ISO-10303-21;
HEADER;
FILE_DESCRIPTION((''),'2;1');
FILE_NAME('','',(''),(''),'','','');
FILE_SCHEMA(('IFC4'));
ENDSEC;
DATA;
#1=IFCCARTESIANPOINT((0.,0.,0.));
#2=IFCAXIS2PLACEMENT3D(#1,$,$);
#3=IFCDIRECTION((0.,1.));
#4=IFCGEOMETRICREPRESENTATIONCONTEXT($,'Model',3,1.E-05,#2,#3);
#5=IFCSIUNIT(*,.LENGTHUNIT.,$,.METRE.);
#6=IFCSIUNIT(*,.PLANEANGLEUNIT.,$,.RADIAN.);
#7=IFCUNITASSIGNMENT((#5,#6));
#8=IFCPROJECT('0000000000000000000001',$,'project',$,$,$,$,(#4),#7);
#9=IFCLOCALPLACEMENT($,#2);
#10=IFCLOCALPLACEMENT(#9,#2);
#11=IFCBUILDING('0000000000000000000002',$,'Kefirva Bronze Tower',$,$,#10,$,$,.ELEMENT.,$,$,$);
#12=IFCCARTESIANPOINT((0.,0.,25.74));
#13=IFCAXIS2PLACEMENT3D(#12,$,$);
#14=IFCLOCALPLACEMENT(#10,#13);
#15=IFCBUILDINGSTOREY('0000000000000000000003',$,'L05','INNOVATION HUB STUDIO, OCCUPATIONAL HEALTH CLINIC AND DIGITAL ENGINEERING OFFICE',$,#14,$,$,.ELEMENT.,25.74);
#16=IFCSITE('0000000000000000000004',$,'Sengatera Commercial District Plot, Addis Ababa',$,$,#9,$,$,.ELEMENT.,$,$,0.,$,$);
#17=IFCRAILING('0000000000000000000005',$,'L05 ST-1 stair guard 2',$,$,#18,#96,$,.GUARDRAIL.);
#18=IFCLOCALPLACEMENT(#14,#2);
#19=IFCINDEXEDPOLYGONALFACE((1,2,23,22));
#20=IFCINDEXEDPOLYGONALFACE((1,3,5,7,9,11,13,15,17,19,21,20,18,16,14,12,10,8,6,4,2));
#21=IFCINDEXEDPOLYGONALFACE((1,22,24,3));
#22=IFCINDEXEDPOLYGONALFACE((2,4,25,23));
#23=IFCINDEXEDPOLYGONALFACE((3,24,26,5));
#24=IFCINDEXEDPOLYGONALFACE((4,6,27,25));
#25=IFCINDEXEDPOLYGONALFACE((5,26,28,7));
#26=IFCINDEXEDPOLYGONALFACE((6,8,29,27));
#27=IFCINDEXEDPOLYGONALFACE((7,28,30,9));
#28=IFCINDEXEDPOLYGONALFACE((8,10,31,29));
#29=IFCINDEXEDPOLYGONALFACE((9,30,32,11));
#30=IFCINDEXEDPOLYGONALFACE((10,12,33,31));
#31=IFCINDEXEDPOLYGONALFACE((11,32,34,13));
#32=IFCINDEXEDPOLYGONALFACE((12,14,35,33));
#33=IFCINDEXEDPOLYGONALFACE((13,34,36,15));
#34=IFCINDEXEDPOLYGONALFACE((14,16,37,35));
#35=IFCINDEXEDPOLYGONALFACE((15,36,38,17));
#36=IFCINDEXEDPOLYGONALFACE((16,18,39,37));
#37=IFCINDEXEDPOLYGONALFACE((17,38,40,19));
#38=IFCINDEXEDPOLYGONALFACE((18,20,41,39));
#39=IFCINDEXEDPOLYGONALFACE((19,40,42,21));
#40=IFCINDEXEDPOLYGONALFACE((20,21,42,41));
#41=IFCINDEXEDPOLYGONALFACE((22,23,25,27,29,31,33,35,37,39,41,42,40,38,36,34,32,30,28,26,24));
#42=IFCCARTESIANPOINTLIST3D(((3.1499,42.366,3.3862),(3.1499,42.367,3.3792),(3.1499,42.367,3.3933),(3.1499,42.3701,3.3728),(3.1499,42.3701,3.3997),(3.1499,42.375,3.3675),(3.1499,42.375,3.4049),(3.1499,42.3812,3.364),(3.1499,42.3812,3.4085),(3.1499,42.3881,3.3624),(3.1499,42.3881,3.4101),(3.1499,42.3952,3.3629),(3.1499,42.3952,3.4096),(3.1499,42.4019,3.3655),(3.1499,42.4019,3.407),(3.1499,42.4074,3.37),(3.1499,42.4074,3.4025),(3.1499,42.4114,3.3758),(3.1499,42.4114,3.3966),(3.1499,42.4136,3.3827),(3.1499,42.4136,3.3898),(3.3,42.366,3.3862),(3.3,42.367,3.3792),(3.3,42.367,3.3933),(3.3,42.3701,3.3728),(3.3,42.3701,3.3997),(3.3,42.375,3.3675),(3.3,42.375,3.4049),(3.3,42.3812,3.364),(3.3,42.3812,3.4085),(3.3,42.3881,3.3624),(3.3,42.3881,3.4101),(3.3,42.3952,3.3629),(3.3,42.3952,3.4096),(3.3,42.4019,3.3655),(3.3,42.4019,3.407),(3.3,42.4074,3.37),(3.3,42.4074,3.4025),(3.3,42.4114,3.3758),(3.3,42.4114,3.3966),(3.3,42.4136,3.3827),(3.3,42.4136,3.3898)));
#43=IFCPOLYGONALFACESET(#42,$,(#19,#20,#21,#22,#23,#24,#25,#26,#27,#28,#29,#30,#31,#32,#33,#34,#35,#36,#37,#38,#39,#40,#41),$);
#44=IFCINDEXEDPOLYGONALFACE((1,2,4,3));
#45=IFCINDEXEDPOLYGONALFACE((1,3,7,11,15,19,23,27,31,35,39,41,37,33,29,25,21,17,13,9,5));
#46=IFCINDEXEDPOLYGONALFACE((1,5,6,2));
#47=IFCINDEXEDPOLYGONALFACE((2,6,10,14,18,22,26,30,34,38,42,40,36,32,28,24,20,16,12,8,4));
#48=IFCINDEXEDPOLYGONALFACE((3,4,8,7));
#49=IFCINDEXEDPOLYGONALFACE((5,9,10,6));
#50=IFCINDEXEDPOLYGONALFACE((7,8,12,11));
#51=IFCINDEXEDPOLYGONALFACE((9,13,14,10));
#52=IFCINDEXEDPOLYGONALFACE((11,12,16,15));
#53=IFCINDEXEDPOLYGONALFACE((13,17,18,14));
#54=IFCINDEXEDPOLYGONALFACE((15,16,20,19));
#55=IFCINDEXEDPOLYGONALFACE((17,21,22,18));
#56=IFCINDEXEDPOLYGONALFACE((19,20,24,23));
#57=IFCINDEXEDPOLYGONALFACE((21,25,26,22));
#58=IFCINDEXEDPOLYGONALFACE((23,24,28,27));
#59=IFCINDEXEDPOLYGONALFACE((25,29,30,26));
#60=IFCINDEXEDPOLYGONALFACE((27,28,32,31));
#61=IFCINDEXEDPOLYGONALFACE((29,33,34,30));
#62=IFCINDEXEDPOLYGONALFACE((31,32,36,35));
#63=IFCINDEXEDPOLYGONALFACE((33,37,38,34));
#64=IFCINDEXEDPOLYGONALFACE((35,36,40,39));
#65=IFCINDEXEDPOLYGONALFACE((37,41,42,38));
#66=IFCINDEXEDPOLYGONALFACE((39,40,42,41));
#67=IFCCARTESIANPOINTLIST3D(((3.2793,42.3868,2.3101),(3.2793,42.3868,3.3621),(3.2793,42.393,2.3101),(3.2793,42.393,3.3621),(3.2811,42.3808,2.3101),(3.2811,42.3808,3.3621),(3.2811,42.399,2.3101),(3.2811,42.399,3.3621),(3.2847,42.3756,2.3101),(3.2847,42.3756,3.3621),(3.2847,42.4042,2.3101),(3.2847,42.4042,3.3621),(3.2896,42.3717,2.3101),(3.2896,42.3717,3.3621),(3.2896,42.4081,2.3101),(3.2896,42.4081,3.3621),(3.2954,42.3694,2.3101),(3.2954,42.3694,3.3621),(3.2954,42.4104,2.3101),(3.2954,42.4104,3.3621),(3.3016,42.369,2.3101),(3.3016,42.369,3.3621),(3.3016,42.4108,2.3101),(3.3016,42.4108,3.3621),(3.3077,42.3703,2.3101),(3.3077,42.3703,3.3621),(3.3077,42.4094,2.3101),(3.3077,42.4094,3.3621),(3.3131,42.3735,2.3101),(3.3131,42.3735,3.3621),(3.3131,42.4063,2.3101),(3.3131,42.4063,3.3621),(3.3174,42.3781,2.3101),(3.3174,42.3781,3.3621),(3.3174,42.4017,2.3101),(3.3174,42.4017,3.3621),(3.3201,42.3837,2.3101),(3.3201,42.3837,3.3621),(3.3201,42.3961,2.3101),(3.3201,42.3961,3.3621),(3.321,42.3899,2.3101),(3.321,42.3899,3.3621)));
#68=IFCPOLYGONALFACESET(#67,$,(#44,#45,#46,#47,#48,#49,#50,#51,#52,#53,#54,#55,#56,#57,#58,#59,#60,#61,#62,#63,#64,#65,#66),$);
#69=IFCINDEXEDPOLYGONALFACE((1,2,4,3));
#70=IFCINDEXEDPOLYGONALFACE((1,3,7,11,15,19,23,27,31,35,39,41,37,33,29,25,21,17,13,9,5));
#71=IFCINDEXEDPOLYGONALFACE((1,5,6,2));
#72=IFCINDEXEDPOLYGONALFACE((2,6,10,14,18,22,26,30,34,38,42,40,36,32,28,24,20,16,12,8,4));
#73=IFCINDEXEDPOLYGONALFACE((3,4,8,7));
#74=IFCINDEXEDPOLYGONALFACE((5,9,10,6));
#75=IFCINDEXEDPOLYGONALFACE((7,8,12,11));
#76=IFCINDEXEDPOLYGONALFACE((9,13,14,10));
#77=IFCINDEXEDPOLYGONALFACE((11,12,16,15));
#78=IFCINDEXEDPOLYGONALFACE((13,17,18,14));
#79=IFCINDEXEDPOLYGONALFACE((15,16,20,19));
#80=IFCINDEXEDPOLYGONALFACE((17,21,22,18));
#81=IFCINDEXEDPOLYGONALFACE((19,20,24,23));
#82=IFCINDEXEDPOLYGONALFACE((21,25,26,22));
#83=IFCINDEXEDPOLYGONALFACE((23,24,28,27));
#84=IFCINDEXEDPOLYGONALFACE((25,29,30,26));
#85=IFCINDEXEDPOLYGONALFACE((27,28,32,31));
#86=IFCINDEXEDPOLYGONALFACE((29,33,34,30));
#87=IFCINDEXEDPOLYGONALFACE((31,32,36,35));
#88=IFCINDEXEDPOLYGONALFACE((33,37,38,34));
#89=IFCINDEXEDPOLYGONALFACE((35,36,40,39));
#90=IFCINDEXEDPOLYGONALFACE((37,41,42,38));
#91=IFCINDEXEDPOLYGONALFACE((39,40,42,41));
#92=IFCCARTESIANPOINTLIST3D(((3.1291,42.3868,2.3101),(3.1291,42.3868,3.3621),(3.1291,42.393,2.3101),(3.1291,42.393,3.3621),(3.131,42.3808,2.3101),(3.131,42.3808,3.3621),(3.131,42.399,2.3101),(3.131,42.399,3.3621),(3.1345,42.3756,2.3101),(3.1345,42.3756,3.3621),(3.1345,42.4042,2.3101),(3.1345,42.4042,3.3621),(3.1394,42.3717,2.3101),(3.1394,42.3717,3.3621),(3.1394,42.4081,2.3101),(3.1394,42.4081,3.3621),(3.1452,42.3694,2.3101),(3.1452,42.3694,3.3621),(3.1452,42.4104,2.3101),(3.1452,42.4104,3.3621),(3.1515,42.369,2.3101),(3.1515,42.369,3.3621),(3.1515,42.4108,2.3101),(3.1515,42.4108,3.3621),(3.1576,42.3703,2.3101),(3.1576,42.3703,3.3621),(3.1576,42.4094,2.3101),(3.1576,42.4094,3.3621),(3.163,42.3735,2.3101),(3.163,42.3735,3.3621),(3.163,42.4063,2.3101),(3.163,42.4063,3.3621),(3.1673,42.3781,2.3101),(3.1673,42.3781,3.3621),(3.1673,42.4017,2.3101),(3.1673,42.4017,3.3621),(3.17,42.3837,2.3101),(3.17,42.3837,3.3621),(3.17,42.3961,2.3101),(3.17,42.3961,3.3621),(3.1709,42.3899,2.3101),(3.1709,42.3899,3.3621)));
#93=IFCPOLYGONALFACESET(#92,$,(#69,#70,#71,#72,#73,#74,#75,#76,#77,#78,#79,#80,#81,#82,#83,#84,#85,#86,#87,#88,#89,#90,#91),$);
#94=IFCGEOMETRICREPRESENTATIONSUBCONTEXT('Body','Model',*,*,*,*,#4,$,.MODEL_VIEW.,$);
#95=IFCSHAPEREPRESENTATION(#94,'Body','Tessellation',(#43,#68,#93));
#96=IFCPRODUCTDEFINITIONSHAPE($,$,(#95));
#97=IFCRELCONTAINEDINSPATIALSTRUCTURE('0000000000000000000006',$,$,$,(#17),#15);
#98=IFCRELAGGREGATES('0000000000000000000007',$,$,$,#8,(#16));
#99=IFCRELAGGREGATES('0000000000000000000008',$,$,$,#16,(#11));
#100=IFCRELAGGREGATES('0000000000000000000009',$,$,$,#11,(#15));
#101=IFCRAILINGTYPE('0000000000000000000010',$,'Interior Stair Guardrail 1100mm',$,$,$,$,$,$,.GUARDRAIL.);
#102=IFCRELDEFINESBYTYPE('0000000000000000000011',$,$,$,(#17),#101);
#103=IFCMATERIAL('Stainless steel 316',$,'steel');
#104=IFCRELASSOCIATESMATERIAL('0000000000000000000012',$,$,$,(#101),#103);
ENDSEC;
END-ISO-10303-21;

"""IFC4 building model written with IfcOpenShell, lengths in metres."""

from ifc_helpers import new_model, si_unit, direction, frame, origin, origin_2d, place, context, subcontext, project, spatial, circle, extrude, material, type_object, element, save


model = new_model("IFC4")

# Units and contexts
model_context = context("Model", 3, precision=1e-05, world=origin(), true_north=direction((0.0, 1.0)))
body_context = subcontext(model_context, "Body", "Model", "MODEL_VIEW")
ifc_project = project(units=[si_unit("LENGTHUNIT", "METRE"), si_unit("PLANEANGLEUNIT", "RADIAN")], contexts=[model_context])

# Site, building, storey
site_placement = place(None, origin())
site = spatial("IfcSite", under=ifc_project, at=site_placement, Name="Sengatera Commercial District Plot, Addis Ababa", CompositionType="ELEMENT", RefElevation=0.0)
building_placement = place(site_placement, origin())
building = spatial("IfcBuilding", under=site, at=building_placement, Name="Kefirva Bronze Tower", CompositionType="ELEMENT")
storey_placement = place(building_placement, frame((0.0, 0.0, 25.74)))
storey = spatial("IfcBuildingStorey", under=building, at=storey_placement, Name="L05", Description="INNOVATION HUB STUDIO, OCCUPATIONAL HEALTH CLINIC AND DIGITAL ENGINEERING OFFICE", CompositionType="ELEMENT", Elevation=25.74)

# Shared definitions
ifc_material_1 = material(Name="Stainless steel 316", Category="steel")

# Railing
railing_type_1 = type_object("IfcRailingType", Name="Interior Stair Guardrail 1100mm", PredefinedType="GUARDRAIL", material=ifc_material_1)
railing_1_placement = place(storey_placement, frame((3.3, 42.3899, 2.3101)))
element("IfcRailing", 1, at=railing_1_placement, inside=storey, type_object=railing_type_1, Name="L05 ST-1 stair guard 2", PredefinedType="GUARDRAIL", context=body_context, shape_type="SweptSolid", body=[
    extrude(circle(Radius=0.0239, at=origin_2d()), frame((0.0, 0.0, 1.0762), z_axis=(-1.0, 0.0, 0.0), x_axis=(0.0, -1.0, 0.0)), (0.0, 0.0, 1.0), 0.1501),
    extrude(circle(Radius=0.021, at=origin_2d()), origin(), (0.0, 0.0, 1.0), 1.052),
    extrude(circle(Radius=0.021, at=origin_2d()), frame((-0.1501, 0.0, 0.0)), (0.0, 0.0, 1.0), 1.052),
])

save(model, "model.ifc")
